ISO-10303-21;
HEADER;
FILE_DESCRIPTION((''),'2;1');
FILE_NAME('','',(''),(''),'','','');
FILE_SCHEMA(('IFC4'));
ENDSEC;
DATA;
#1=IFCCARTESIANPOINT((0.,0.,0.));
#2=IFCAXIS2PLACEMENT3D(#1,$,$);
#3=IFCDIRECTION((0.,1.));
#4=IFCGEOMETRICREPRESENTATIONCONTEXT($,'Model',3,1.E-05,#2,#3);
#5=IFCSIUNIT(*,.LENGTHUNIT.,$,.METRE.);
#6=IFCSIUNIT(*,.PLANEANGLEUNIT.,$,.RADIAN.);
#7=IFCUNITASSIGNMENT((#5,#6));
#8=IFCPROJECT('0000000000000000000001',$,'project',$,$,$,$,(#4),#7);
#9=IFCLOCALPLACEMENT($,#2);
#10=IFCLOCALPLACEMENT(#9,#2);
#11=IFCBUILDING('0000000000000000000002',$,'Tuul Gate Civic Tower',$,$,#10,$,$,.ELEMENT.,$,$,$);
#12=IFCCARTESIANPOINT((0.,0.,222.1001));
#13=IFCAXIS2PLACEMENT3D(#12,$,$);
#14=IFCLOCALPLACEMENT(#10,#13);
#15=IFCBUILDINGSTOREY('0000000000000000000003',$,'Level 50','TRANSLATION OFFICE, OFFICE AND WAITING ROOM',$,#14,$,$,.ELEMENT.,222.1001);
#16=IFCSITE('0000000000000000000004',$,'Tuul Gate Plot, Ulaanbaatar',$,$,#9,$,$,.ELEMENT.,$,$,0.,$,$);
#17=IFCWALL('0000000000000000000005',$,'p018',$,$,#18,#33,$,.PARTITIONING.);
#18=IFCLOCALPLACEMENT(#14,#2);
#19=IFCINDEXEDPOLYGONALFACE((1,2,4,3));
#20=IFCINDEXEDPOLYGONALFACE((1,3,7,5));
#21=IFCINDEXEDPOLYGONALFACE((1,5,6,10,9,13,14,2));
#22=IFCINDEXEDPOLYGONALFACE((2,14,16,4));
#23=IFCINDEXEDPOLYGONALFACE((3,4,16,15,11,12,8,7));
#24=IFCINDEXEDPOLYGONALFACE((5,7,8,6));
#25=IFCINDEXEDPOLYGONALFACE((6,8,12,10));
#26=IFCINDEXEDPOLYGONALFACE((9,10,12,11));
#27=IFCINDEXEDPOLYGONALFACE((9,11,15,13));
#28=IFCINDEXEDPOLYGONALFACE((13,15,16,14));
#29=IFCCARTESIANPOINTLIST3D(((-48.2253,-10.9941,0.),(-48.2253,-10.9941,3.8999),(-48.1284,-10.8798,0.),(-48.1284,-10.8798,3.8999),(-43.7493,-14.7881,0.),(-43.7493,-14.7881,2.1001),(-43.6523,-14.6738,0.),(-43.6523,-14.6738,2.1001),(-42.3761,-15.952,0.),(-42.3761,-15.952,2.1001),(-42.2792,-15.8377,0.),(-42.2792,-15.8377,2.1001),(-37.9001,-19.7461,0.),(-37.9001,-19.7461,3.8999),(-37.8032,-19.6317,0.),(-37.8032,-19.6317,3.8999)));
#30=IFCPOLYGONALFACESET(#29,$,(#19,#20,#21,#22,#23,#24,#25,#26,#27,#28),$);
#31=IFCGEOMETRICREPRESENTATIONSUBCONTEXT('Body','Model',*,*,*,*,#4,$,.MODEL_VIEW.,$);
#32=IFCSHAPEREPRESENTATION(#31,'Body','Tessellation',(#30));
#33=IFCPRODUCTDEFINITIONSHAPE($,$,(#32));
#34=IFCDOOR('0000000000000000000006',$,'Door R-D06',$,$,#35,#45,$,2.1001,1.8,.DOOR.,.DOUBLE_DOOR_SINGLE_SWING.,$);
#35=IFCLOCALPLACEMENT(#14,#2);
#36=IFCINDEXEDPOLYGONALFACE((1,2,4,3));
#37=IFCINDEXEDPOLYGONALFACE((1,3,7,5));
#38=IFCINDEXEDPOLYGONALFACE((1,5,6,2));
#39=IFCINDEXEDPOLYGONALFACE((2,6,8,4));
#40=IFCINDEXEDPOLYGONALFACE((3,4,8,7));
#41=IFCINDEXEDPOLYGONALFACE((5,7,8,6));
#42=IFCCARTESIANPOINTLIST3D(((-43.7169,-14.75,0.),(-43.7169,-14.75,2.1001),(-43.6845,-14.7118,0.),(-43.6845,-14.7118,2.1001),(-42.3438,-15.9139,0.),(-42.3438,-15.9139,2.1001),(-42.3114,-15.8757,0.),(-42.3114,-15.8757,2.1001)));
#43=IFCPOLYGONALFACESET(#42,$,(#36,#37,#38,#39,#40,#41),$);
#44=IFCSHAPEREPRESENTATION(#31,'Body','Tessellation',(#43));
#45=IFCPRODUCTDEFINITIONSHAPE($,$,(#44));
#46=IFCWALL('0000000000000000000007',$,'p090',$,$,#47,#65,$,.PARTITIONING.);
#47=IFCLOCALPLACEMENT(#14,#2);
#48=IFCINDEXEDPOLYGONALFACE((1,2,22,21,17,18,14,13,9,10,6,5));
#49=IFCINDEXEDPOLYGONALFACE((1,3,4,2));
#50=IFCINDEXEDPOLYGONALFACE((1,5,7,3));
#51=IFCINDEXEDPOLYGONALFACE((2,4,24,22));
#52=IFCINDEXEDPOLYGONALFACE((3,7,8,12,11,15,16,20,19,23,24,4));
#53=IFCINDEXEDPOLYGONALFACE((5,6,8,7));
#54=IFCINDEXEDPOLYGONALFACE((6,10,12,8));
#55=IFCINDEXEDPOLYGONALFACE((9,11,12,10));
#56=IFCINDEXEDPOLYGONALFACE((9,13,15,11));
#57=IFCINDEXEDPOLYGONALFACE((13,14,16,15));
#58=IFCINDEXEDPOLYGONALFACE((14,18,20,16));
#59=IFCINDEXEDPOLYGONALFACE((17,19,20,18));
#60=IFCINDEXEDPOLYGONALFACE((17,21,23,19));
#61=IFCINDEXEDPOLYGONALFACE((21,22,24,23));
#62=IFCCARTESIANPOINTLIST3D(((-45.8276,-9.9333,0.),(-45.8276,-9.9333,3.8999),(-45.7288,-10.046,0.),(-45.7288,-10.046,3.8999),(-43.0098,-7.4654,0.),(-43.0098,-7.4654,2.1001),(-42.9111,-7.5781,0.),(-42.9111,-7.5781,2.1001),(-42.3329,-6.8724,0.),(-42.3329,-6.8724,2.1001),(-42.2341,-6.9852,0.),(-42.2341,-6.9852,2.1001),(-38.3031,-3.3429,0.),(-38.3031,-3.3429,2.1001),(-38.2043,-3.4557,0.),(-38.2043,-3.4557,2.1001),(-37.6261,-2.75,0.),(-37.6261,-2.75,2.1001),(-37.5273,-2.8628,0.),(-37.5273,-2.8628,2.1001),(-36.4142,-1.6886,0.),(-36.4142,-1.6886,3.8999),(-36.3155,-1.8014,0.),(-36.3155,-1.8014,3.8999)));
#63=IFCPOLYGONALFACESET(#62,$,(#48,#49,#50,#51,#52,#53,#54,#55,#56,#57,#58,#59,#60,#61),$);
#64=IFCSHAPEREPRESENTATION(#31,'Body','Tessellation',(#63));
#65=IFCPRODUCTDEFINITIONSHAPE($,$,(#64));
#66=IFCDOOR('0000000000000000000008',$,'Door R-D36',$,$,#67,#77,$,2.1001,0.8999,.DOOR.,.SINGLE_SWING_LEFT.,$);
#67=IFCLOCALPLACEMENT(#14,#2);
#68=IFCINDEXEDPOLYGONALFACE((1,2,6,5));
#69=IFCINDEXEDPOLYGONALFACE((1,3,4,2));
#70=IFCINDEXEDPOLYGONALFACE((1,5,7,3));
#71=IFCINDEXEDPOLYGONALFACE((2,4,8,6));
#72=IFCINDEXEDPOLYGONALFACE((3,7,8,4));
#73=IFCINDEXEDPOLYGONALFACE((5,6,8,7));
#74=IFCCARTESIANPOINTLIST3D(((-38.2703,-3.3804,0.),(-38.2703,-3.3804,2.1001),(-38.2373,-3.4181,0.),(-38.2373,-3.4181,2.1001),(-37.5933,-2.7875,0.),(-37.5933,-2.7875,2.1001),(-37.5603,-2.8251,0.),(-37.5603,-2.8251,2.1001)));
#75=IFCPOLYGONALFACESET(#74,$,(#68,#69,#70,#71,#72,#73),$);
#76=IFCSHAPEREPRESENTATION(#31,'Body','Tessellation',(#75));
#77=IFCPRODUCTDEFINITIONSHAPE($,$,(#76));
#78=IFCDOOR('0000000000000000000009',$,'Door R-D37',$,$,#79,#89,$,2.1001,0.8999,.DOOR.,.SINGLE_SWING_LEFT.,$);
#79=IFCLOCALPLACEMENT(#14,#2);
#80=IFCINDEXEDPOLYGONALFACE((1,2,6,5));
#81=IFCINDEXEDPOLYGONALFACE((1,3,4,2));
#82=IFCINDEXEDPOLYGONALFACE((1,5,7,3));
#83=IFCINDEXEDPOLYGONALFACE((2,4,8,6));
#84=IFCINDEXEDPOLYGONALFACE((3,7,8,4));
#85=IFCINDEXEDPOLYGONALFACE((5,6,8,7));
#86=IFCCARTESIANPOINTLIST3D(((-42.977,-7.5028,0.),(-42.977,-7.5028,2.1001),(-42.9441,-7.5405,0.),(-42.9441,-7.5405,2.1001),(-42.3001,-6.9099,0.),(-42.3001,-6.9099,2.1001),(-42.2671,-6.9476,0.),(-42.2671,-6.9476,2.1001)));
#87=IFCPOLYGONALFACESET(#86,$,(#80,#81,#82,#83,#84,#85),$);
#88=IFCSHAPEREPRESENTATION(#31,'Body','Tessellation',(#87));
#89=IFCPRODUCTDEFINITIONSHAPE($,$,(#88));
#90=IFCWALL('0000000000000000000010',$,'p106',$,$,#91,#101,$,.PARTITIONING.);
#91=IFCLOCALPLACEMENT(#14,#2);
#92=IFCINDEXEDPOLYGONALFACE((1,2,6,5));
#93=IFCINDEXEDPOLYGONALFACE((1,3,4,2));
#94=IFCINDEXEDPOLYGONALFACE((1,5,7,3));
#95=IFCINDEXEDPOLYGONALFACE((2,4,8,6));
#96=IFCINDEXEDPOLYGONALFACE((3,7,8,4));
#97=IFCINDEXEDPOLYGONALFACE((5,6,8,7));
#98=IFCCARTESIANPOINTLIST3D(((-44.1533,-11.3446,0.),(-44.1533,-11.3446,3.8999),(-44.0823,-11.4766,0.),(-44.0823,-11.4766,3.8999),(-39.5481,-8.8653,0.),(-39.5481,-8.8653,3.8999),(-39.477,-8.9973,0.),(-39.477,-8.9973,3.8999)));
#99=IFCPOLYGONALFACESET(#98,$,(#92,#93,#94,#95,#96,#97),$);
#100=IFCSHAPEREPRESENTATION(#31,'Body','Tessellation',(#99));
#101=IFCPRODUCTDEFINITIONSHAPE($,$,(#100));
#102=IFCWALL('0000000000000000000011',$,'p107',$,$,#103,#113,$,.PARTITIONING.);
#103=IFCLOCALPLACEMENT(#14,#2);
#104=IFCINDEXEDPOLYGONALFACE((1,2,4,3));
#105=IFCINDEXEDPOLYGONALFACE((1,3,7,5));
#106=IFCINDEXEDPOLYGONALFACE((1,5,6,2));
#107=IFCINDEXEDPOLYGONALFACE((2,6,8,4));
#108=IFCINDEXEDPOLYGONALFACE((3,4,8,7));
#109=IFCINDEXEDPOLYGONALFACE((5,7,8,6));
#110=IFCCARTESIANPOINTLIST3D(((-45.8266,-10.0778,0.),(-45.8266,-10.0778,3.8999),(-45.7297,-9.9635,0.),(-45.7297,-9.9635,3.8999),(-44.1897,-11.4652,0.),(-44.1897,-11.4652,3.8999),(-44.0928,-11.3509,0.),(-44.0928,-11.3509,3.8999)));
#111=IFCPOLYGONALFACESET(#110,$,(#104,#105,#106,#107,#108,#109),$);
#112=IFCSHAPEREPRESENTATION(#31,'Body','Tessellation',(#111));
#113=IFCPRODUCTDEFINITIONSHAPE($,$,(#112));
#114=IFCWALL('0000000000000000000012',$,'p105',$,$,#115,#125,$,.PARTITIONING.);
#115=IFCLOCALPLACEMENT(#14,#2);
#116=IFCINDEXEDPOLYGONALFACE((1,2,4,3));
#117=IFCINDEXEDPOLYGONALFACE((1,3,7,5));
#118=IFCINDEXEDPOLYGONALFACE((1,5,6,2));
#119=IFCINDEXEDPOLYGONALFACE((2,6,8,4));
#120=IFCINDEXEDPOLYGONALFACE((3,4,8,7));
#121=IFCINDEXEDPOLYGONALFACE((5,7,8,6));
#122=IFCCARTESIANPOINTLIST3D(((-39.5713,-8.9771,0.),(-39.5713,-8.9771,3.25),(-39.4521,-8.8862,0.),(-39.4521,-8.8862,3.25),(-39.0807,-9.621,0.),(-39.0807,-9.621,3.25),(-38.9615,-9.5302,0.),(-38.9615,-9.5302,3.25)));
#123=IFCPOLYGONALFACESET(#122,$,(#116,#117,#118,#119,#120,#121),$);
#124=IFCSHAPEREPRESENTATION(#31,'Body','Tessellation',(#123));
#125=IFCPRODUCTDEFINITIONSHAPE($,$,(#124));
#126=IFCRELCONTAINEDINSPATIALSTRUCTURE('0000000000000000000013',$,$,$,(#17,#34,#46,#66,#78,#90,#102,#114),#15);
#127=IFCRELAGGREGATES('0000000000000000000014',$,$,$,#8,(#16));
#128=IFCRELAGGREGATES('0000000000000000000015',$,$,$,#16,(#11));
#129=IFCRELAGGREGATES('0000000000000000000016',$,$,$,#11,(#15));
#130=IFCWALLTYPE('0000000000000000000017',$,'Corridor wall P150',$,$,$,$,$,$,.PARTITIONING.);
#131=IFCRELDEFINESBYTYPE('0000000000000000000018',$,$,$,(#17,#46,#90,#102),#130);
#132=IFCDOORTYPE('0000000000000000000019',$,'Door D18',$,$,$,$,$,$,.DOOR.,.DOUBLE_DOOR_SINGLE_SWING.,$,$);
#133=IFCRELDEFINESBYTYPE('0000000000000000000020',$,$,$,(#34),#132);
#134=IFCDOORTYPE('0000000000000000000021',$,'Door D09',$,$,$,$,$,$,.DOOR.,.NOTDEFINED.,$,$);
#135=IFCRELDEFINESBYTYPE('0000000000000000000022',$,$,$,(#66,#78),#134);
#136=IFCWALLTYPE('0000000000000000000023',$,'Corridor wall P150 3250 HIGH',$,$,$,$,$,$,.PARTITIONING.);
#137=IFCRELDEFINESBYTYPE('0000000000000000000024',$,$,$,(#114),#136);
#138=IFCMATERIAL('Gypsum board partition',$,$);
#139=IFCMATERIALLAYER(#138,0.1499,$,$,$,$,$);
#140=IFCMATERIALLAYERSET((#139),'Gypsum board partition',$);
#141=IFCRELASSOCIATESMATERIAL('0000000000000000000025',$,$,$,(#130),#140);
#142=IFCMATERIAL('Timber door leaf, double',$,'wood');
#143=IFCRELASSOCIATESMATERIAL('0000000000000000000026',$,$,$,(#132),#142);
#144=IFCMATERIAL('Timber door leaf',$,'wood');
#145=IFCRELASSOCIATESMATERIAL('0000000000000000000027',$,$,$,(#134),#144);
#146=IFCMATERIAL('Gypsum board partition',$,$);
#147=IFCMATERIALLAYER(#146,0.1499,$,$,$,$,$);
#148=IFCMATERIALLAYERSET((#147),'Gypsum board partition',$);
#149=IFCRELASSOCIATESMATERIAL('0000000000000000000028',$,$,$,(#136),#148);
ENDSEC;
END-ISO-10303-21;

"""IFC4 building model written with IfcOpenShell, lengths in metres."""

from ifc_helpers import new_model, si_unit, direction, frame, frame_2d, origin, place, context, subcontext, project, spatial, rectangle, extrude, material, layer, layer_set, type_object, element, fill, save


model = new_model("IFC4")

# Units and contexts
model_context = context("Model", 3, precision=1e-05, world=origin(), true_north=direction((0.0, 1.0)))
body_context = subcontext(model_context, "Body", "Model", "MODEL_VIEW")
ifc_project = project(units=[si_unit("LENGTHUNIT", "METRE"), si_unit("PLANEANGLEUNIT", "RADIAN")], contexts=[model_context])

# Site, building, storey
site_placement = place(None, origin())
site = spatial("IfcSite", under=ifc_project, at=site_placement, Name="Tuul Gate Plot, Ulaanbaatar", CompositionType="ELEMENT", RefElevation=0.0)
building_placement = place(site_placement, origin())
building = spatial("IfcBuilding", under=site, at=building_placement, Name="Tuul Gate Civic Tower", CompositionType="ELEMENT")
storey_placement = place(building_placement, frame((0.0, 0.0, 222.1001)))
storey = spatial("IfcBuildingStorey", under=building, at=storey_placement, Name="Level 50", Description="TRANSLATION OFFICE, OFFICE AND WAITING ROOM", CompositionType="ELEMENT", Elevation=222.1001)

# Shared definitions
ifc_material_1 = material(Name="Gypsum board partition")
ifc_layer_1 = layer(ifc_material_1, 0.1499)
ifc_layer_set_1 = layer_set([ifc_layer_1], Name="Gypsum board partition")
wall_type_1 = type_object("IfcWallType", Name="Corridor wall P150", PredefinedType="PARTITIONING", material=ifc_layer_set_1)
ifc_material_2 = material(Name="Timber door leaf, double", Category="wood")
door_type_1 = type_object("IfcDoorType", Name="Door D18", OperationType="DOUBLE_DOOR_SINGLE_SWING", PredefinedType="DOOR", material=ifc_material_2)

# Wall, opening, door
wall_1_placement = place(storey_placement, frame((-48.1768, -10.937, 0.0), z_axis=(0.0, 0.0, 1.0), x_axis=(0.76283, -0.646599, 0.0)))
wall_1 = element("IfcWall", 1, at=wall_1_placement, inside=storey, type_object=wall_type_1, Name="p018", PredefinedType="PARTITIONING", context=body_context, shape_type="SweptSolid", body=[
    extrude(rectangle(XDim=13.5354, YDim=0.1499, at=frame_2d((6.7676, 0.0))), origin(), (0.0, 0.0, 1.0), 3.8999),
])
opening_1_placement = place(wall_1_placement, frame((5.8677, 0.0, 0.0)))
opening_1 = element("IfcOpeningElement", 2, at=opening_1_placement, cuts=wall_1, PredefinedType="OPENING", context=body_context, shape_type="SweptSolid", body=[
    extrude(rectangle(XDim=1.8, YDim=2.1001, at=frame_2d((0.8999, 1.05))), frame((0.0, 0.085, 0.0), z_axis=(0.0, -1.0, 0.0), x_axis=(1.0, 0.0, 0.0)), (0.0, 0.0, 1.0), 0.1699),
])
door_1_placement = place(opening_1_placement, frame((1.8, 0.0, 0.0), z_axis=(0.0, 0.0, 1.0), x_axis=(-1.0, 0.0, 0.0)))
door_1 = element("IfcDoor", 3, at=door_1_placement, inside=storey, type_object=door_type_1, Name="Door R-D06", OperationType="DOUBLE_DOOR_SINGLE_SWING", OverallHeight=2.1001, OverallWidth=1.8, PredefinedType="DOOR", context=body_context, shape_type="SweptSolid", body=[
    extrude(rectangle(XDim=1.8, YDim=2.1001, at=frame_2d((0.9001, 1.05))), frame((0.0, 0.0249, 0.0), z_axis=(0.0, -1.0, 0.0), x_axis=(1.0, 0.0, 0.0)), (0.0, 0.0, 1.0), 0.05),
])
fill(opening_1, door_1)

# Wall, openings, doors
wall_2_placement = place(storey_placement, frame((-45.7783, -9.9897, 0.0), z_axis=(0.0, 0.0, 1.0), x_axis=(0.752261, 0.658865, 0.0)))
wall_2 = element("IfcWall", 4, at=wall_2_placement, inside=storey, type_object=wall_type_1, Name="p090", PredefinedType="PARTITIONING", context=body_context, shape_type="SweptSolid", body=[
    extrude(rectangle(XDim=12.5134, YDim=0.1499, at=frame_2d((6.2568, 0.0))), origin(), (0.0, 0.0, 1.0), 3.8999),
])
opening_2_placement = place(wall_2_placement, frame((10.0027, 0.0, 0.0)))
opening_2 = element("IfcOpeningElement", 5, at=opening_2_placement, cuts=wall_2, PredefinedType="OPENING", context=body_context, shape_type="SweptSolid", body=[
    extrude(rectangle(XDim=0.8999, YDim=2.1001, at=frame_2d((0.45, 1.05))), frame((0.0, 0.085, 0.0), z_axis=(0.0, -1.0, 0.0), x_axis=(1.0, 0.0, 0.0)), (0.0, 0.0, 1.0), 0.1699),
])
opening_3_placement = place(wall_2_placement, frame((3.7458, 0.0, 0.0)))
opening_3 = element("IfcOpeningElement", 6, at=opening_3_placement, cuts=wall_2, PredefinedType="OPENING", context=body_context, shape_type="SweptSolid", body=[
    extrude(rectangle(XDim=0.8999, YDim=2.1001, at=frame_2d((0.45, 1.05))), frame((0.0, 0.085, 0.0), z_axis=(0.0, -1.0, 0.0), x_axis=(1.0, 0.0, 0.0)), (0.0, 0.0, 1.0), 0.1699),
])
ifc_material_3 = material(Name="Timber door leaf", Category="wood")
door_type_2 = type_object("IfcDoorType", Name="Door D09", OperationType="NOTDEFINED", PredefinedType="DOOR", material=ifc_material_3)
door_2_placement = place(opening_2_placement, frame((0.8999, 0.0, 0.0), z_axis=(0.0, 0.0, 1.0), x_axis=(-1.0, 0.0, 0.0)))
door_2 = element("IfcDoor", 7, at=door_2_placement, inside=storey, type_object=door_type_2, Name="Door R-D36", OperationType="SINGLE_SWING_LEFT", OverallHeight=2.1001, OverallWidth=0.8999, PredefinedType="DOOR", context=body_context, shape_type="SweptSolid", body=[
    extrude(rectangle(XDim=0.8999, YDim=2.1001, at=frame_2d((0.45, 1.05))), frame((0.0, 0.0249, 0.0), z_axis=(0.0, -1.0, 0.0), x_axis=(1.0, 0.0, 0.0)), (0.0, 0.0, 1.0), 0.05),
])
fill(opening_2, door_2)
door_3_placement = place(opening_3_placement, frame((0.8999, 0.0, 0.0), z_axis=(0.0, 0.0, 1.0), x_axis=(-1.0, 0.0, 0.0)))
door_3 = element("IfcDoor", 8, at=door_3_placement, inside=storey, type_object=door_type_2, Name="Door R-D37", OperationType="SINGLE_SWING_LEFT", OverallHeight=2.1001, OverallWidth=0.8999, PredefinedType="DOOR", context=body_context, shape_type="SweptSolid", body=[
    extrude(rectangle(XDim=0.8999, YDim=2.1001, at=frame_2d((0.45, 1.05))), frame((0.0, 0.0249, 0.0), z_axis=(0.0, -1.0, 0.0), x_axis=(1.0, 0.0, 0.0)), (0.0, 0.0, 1.0), 0.05),
])
fill(opening_3, door_3)

# Walls
wall_3_placement = place(storey_placement, frame((-44.1179, -11.4106, 0.0), z_axis=(0.0, 0.0, 1.0), x_axis=(0.88051, 0.474027, 0.0)))
element("IfcWall", 9, at=wall_3_placement, inside=storey, type_object=wall_type_1, Name="p106", PredefinedType="PARTITIONING", context=body_context, shape_type="SweptSolid", body=[
    extrude(rectangle(XDim=5.2302, YDim=0.1499, at=frame_2d((2.6152, 0.0))), origin(), (0.0, 0.0, 1.0), 3.8999),
])
wall_4_placement = place(storey_placement, frame((-45.7781, -10.0208, 0.0), z_axis=(0.0, 0.0, 1.0), x_axis=(0.762851, -0.646574, 0.0)))
element("IfcWall", 10, at=wall_4_placement, inside=storey, type_object=wall_type_1, Name="p107", PredefinedType="PARTITIONING", context=body_context, shape_type="SweptSolid", body=[
    extrude(rectangle(XDim=2.1458, YDim=0.1499, at=frame_2d((1.0728, 0.0))), origin(), (0.0, 0.0, 1.0), 3.8999),
])
ifc_material_4 = material(Name="Gypsum board partition")
ifc_layer_2 = layer(ifc_material_4, 0.1499)
ifc_layer_set_2 = layer_set([ifc_layer_2], Name="Gypsum board partition")
wall_type_2 = type_object("IfcWallType", Name="Corridor wall P150 3250 HIGH", PredefinedType="PARTITIONING", material=ifc_layer_set_2)
wall_5_placement = place(storey_placement, frame((-39.5117, -8.9316, 0.0), z_axis=(0.0, 0.0, 1.0), x_axis=(0.606061, -0.795418, 0.0)))
element("IfcWall", 11, at=wall_5_placement, inside=storey, type_object=wall_type_2, Name="p105", PredefinedType="PARTITIONING", context=body_context, shape_type="SweptSolid", body=[
    extrude(rectangle(XDim=0.8096, YDim=0.1499, at=frame_2d((0.4048, 0.0))), origin(), (0.0, 0.0, 1.0), 3.25),
])

save(model, "model.ifc")
